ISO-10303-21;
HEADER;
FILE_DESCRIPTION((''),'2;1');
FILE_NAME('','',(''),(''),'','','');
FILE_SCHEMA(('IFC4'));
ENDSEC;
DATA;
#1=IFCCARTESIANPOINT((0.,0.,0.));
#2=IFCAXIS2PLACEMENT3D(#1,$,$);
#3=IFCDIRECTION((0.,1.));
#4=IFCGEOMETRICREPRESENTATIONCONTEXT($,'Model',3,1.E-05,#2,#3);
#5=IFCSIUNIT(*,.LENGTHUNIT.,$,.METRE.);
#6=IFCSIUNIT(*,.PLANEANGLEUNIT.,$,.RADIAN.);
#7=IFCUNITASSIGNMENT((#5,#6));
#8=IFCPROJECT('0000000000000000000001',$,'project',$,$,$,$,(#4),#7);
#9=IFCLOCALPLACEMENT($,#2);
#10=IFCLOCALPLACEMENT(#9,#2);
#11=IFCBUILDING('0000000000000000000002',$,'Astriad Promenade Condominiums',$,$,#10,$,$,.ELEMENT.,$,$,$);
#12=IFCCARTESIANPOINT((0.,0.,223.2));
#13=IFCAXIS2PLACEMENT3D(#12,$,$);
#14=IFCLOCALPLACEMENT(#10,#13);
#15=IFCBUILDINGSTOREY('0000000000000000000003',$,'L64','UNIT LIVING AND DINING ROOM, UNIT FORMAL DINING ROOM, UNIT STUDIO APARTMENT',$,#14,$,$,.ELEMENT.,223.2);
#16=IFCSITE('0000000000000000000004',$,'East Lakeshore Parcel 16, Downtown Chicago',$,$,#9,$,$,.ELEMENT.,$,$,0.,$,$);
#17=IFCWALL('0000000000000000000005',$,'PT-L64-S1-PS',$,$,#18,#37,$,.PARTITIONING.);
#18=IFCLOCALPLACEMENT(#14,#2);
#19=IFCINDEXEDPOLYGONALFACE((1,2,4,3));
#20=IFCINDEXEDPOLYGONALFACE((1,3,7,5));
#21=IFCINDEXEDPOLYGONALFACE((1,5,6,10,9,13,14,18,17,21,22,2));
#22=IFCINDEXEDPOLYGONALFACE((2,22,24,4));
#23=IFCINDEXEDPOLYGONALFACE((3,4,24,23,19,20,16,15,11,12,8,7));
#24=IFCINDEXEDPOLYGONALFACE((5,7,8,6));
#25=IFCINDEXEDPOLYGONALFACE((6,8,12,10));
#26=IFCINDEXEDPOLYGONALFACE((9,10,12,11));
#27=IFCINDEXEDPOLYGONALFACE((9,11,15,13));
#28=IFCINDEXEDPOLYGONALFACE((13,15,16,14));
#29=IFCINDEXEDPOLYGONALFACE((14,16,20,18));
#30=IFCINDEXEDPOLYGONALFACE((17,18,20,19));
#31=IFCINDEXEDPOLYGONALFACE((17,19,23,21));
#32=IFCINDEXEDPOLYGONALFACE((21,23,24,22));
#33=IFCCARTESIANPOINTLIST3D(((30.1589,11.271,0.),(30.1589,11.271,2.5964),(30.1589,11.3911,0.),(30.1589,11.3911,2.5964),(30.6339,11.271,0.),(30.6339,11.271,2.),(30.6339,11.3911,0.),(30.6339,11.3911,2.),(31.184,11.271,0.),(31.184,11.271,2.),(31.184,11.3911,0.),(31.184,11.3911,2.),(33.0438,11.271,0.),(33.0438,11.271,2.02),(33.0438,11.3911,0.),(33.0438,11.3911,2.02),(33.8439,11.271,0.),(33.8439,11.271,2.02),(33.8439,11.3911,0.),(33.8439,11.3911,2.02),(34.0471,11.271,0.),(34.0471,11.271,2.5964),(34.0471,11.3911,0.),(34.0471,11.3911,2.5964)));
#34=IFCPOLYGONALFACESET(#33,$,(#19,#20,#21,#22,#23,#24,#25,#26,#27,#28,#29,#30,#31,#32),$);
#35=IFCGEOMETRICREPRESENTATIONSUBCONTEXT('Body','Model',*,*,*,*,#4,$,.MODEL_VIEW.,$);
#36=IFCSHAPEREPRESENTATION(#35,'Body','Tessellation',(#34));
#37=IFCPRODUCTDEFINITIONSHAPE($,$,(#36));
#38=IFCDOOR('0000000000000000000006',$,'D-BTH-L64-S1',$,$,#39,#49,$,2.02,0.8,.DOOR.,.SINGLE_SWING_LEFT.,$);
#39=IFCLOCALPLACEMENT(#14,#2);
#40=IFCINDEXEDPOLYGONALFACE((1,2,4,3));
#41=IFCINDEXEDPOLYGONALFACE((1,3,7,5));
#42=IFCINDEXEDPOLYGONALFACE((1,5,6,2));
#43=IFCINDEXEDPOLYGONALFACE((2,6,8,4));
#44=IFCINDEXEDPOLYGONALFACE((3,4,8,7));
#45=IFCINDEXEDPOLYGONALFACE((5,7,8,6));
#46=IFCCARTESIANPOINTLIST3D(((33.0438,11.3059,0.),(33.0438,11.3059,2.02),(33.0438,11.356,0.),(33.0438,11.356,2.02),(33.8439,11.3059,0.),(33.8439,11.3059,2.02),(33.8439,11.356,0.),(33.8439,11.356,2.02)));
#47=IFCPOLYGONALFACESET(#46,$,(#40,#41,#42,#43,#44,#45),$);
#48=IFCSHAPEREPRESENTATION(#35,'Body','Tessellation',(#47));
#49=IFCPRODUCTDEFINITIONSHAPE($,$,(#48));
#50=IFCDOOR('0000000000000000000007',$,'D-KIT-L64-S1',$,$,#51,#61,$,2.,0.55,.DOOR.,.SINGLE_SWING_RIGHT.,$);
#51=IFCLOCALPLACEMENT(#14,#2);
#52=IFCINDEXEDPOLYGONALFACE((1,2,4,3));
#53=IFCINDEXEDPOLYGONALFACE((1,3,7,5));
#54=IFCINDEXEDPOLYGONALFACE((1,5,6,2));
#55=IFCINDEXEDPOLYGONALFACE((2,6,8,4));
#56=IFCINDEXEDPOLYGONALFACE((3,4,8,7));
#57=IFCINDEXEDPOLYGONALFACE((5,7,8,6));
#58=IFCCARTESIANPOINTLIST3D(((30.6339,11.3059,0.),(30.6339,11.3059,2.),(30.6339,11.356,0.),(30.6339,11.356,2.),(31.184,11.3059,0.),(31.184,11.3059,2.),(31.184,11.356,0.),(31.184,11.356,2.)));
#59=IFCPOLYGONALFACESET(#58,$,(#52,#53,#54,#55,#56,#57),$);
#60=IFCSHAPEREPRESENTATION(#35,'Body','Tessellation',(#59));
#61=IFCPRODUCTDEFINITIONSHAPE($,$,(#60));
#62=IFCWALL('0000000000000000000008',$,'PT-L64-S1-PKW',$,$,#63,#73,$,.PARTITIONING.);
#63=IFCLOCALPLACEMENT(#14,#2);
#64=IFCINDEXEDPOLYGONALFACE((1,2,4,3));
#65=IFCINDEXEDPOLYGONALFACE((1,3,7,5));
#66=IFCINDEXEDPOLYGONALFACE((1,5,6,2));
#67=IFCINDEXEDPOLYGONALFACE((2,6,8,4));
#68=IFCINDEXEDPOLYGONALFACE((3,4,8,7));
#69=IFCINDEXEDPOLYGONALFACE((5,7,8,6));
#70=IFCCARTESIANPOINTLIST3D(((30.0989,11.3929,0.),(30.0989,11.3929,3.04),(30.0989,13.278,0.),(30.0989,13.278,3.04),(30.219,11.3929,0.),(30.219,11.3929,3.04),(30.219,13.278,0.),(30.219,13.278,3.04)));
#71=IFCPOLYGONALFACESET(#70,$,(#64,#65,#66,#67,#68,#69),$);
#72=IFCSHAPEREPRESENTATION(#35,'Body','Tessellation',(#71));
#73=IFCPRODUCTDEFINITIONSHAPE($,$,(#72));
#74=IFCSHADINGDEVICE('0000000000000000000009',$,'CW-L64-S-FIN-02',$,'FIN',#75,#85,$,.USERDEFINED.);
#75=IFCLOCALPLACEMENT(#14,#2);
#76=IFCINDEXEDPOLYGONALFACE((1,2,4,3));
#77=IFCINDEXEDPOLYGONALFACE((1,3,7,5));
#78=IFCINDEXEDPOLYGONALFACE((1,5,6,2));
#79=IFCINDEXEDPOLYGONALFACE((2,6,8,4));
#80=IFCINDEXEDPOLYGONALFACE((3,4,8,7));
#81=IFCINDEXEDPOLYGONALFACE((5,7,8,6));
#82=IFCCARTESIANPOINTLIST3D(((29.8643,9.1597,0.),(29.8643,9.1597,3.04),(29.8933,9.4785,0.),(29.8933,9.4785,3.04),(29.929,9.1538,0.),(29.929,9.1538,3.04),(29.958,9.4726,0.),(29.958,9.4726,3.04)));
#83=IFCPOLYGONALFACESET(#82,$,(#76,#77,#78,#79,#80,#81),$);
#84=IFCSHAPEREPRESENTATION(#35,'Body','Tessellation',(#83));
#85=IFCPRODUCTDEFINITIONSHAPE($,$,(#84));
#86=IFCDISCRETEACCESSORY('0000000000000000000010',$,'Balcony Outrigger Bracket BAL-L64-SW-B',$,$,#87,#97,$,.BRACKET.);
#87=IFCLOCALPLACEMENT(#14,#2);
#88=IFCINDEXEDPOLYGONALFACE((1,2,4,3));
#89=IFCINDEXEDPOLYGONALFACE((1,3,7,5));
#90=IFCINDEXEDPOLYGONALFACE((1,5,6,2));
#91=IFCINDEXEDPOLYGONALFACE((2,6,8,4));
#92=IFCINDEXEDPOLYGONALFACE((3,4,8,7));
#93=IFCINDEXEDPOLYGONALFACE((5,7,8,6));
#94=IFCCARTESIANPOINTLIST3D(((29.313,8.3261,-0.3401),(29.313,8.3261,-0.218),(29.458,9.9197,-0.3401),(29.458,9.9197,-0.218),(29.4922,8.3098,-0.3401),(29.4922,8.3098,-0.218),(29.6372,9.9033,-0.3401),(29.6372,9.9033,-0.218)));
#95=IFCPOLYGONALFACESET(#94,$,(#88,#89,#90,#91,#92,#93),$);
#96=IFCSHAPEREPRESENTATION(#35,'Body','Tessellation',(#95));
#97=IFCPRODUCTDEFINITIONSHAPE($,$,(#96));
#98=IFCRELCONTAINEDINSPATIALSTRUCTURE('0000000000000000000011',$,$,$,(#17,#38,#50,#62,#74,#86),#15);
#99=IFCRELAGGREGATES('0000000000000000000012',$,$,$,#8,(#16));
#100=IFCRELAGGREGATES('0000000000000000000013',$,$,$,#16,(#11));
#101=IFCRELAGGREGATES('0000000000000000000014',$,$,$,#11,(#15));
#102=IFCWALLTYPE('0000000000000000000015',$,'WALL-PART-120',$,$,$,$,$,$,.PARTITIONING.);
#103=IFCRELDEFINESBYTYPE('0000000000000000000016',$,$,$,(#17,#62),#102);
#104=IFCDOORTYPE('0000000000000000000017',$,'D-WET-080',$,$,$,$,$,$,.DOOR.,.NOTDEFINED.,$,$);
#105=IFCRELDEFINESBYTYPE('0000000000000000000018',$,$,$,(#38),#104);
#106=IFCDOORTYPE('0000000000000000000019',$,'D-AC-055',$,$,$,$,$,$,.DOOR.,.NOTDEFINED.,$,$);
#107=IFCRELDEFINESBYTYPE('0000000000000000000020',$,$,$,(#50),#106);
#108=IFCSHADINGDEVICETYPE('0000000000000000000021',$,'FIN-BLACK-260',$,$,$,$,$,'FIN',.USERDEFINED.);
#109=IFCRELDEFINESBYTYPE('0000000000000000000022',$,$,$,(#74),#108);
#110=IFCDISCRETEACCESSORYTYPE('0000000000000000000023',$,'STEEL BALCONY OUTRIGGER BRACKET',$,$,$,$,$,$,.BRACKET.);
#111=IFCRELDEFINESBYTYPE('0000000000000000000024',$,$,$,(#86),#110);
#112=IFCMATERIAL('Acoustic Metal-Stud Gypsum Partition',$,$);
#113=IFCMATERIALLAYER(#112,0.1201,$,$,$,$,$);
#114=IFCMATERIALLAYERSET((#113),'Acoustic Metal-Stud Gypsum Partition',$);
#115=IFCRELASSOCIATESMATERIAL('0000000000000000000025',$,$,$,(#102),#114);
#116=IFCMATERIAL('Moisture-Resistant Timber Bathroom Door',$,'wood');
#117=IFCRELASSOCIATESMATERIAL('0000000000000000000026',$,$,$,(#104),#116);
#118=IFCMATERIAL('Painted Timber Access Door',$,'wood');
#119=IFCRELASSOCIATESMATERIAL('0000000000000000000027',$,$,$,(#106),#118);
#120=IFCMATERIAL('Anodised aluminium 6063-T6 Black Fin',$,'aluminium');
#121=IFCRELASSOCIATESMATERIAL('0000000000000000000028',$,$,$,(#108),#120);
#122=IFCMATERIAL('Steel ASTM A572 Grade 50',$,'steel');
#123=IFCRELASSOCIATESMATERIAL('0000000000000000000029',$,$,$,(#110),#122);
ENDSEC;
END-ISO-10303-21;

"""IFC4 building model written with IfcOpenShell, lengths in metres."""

from ifc_helpers import new_model, si_unit, direction, frame, frame_2d, origin, origin_2d, place, context, subcontext, project, spatial, rectangle, extrude, source, transform, mapped, material, layer, layer_set, type_object, type_shapes, element, fill, save


model = new_model("IFC4")

# Units and contexts
model_context = context("Model", 3, precision=1e-05, world=origin(), true_north=direction((0.0, 1.0)))
body_context = subcontext(model_context, "Body", "Model", "MODEL_VIEW")
ifc_project = project(units=[si_unit("LENGTHUNIT", "METRE"), si_unit("PLANEANGLEUNIT", "RADIAN")], contexts=[model_context])

# Site, building, storey
site_placement = place(None, origin())
site = spatial("IfcSite", under=ifc_project, at=site_placement, Name="East Lakeshore Parcel 16, Downtown Chicago", CompositionType="ELEMENT", RefElevation=0.0)
building_placement = place(site_placement, origin())
building = spatial("IfcBuilding", under=site, at=building_placement, Name="Astriad Promenade Condominiums", CompositionType="ELEMENT")
storey_placement = place(building_placement, frame((0.0, 0.0, 223.2)))
storey = spatial("IfcBuildingStorey", under=building, at=storey_placement, Name="L64", Description="UNIT LIVING AND DINING ROOM, UNIT FORMAL DINING ROOM, UNIT STUDIO APARTMENT", CompositionType="ELEMENT", Elevation=223.2)

# Wall, openings, doors
ifc_material_1 = material(Name="Acoustic Metal-Stud Gypsum Partition")
ifc_layer_1 = layer(ifc_material_1, 0.1201)
ifc_layer_set_1 = layer_set([ifc_layer_1], Name="Acoustic Metal-Stud Gypsum Partition")
wall_type_1 = type_object("IfcWallType", Name="WALL-PART-120", PredefinedType="PARTITIONING", material=ifc_layer_set_1)
wall_1_placement = place(storey_placement, frame((30.1589, 11.3311, 0.0), z_axis=(0.0, 0.0, 1.0), x_axis=(1.0, 0.0, 0.0)))
wall_1 = element("IfcWall", 1, at=wall_1_placement, inside=storey, type_object=wall_type_1, Name="PT-L64-S1-PS", PredefinedType="PARTITIONING", context=body_context, shape_type="SweptSolid", body=[
    extrude(rectangle(XDim=3.8882, YDim=0.1201, at=frame_2d((1.9441, 0.0))), origin(), (0.0, 0.0, 1.0), 2.5964),
])
opening_1_placement = place(wall_1_placement, frame((0.4751, 0.0, 0.0)))
opening_1 = element("IfcOpeningElement", 2, at=opening_1_placement, cuts=wall_1, PredefinedType="OPENING", context=body_context, shape_type="SweptSolid", body=[
    extrude(rectangle(XDim=0.55, YDim=2.0, at=frame_2d((0.2749, 1.0))), frame((0.0, 0.0701, 0.0), z_axis=(0.0, -1.0, 0.0), x_axis=(1.0, 0.0, 0.0)), (0.0, 0.0, 1.0), 0.1401),
])
opening_2_placement = place(wall_1_placement, frame((2.885, 0.0, 0.0)))
opening_2 = element("IfcOpeningElement", 3, at=opening_2_placement, cuts=wall_1, PredefinedType="OPENING", context=body_context, shape_type="SweptSolid", body=[
    extrude(rectangle(XDim=0.8, YDim=2.02, at=frame_2d((0.3999, 1.01))), frame((0.0, 0.0701, 0.0), z_axis=(0.0, -1.0, 0.0), x_axis=(1.0, 0.0, 0.0)), (0.0, 0.0, 1.0), 0.1401),
])
ifc_material_2 = material(Name="Moisture-Resistant Timber Bathroom Door", Category="wood")
door_type_1 = type_object("IfcDoorType", Name="D-WET-080", OperationType="NOTDEFINED", PredefinedType="DOOR", material=ifc_material_2)
shared_shape_1 = source(origin(), body_context, "Body", "SweptSolid", [
    extrude(rectangle(XDim=0.8, YDim=2.02, at=frame_2d((0.3999, 1.01))), frame((0.0, 0.0249, 0.0), z_axis=(0.0, -1.0, 0.0), x_axis=(1.0, 0.0, 0.0)), (0.0, 0.0, 1.0), 0.05),
])
type_shapes(door_type_1, [shared_shape_1])
door_1_placement = place(opening_2_placement, origin())
door_1 = element("IfcDoor", 4, at=door_1_placement, inside=storey, type_object=door_type_1, Name="D-BTH-L64-S1", OperationType="SINGLE_SWING_LEFT", OverallHeight=2.02, OverallWidth=0.8, PredefinedType="DOOR", context=body_context, shape_type="MappedRepresentation", body=[
    mapped(shared_shape_1, transform((0.0, 0.0, 0.0), scale=1.0)),
])
fill(opening_2, door_1)
ifc_material_3 = material(Name="Painted Timber Access Door", Category="wood")
door_type_2 = type_object("IfcDoorType", Name="D-AC-055", OperationType="NOTDEFINED", PredefinedType="DOOR", material=ifc_material_3)
shared_shape_2 = source(origin(), body_context, "Body", "SweptSolid", [
    extrude(rectangle(XDim=0.55, YDim=2.0, at=frame_2d((0.2749, 1.0))), frame((0.0, 0.0249, 0.0), z_axis=(0.0, -1.0, 0.0), x_axis=(1.0, 0.0, 0.0)), (0.0, 0.0, 1.0), 0.05),
])
type_shapes(door_type_2, [shared_shape_2])
door_2_placement = place(opening_1_placement, origin())
door_2 = element("IfcDoor", 5, at=door_2_placement, inside=storey, type_object=door_type_2, Name="D-KIT-L64-S1", OperationType="SINGLE_SWING_RIGHT", OverallHeight=2.0, OverallWidth=0.55, PredefinedType="DOOR", context=body_context, shape_type="MappedRepresentation", body=[
    mapped(shared_shape_2, transform((0.0, 0.0, 0.0), scale=1.0)),
])
fill(opening_1, door_2)

# Wall
wall_2_placement = place(storey_placement, frame((30.1589, 11.3931, 0.0), z_axis=(0.0, 0.0, 1.0), x_axis=(0.0, 1.0, 0.0)))
element("IfcWall", 6, at=wall_2_placement, inside=storey, type_object=wall_type_1, Name="PT-L64-S1-PKW", PredefinedType="PARTITIONING", context=body_context, shape_type="SweptSolid", body=[
    extrude(rectangle(XDim=1.885, YDim=0.1201, at=frame_2d((0.9424, 0.0))), origin(), (0.0, 0.0, 1.0), 3.04),
])

# Shading device
ifc_material_4 = material(Name="Anodised aluminium 6063-T6 Black Fin", Category="aluminium")
shading_device_type = type_object("IfcShadingDeviceType", Name="FIN-BLACK-260", ElementType="FIN", PredefinedType="USERDEFINED", material=ifc_material_4)
shared_shape_3 = source(origin(), body_context, "Body", "SweptSolid", [
    extrude(rectangle(XDim=0.0649, YDim=0.3201, at=origin_2d()), origin(), (0.0, 0.0, 1.0), 3.04),
])
type_shapes(shading_device_type, [shared_shape_3])
shading_device_placement = place(storey_placement, frame((29.9111, 9.3162, 0.0), z_axis=(0.0, 0.0, 1.0), x_axis=(-0.995884, 0.090633, 0.0)))
element("IfcShadingDevice", 7, at=shading_device_placement, inside=storey, type_object=shading_device_type, Name="CW-L64-S-FIN-02", ObjectType="FIN", PredefinedType="USERDEFINED", context=body_context, shape_type="MappedRepresentation", body=[
    mapped(shared_shape_3, transform((0.0, 0.0, 0.0), scale=1.0)),
])

# Discrete accessory
ifc_material_5 = material(Name="Steel ASTM A572 Grade 50", Category="steel")
discrete_accessory_type = type_object("IfcDiscreteAccessoryType", Name="STEEL BALCONY OUTRIGGER BRACKET", PredefinedType="BRACKET", material=ifc_material_5)
shared_shape_4 = source(origin(), body_context, "Body", "SweptSolid", [
    extrude(rectangle(XDim=1.6001, YDim=0.1799, at=origin_2d()), origin(), (0.0, 0.0, 1.0), 0.1221),
])
type_shapes(discrete_accessory_type, [shared_shape_4])
discrete_accessory_placement = place(storey_placement, frame((29.4751, 9.1147, -0.3401), z_axis=(0.0, 0.0, 1.0), x_axis=(-0.090633, -0.995884, 0.0)))
element("IfcDiscreteAccessory", 8, at=discrete_accessory_placement, inside=storey, type_object=discrete_accessory_type, Name="Balcony Outrigger Bracket BAL-L64-SW-B", PredefinedType="BRACKET", context=body_context, shape_type="MappedRepresentation", body=[
    mapped(shared_shape_4, transform((0.0, 0.0, 0.0), scale=1.0)),
])

save(model, "model.ifc")
